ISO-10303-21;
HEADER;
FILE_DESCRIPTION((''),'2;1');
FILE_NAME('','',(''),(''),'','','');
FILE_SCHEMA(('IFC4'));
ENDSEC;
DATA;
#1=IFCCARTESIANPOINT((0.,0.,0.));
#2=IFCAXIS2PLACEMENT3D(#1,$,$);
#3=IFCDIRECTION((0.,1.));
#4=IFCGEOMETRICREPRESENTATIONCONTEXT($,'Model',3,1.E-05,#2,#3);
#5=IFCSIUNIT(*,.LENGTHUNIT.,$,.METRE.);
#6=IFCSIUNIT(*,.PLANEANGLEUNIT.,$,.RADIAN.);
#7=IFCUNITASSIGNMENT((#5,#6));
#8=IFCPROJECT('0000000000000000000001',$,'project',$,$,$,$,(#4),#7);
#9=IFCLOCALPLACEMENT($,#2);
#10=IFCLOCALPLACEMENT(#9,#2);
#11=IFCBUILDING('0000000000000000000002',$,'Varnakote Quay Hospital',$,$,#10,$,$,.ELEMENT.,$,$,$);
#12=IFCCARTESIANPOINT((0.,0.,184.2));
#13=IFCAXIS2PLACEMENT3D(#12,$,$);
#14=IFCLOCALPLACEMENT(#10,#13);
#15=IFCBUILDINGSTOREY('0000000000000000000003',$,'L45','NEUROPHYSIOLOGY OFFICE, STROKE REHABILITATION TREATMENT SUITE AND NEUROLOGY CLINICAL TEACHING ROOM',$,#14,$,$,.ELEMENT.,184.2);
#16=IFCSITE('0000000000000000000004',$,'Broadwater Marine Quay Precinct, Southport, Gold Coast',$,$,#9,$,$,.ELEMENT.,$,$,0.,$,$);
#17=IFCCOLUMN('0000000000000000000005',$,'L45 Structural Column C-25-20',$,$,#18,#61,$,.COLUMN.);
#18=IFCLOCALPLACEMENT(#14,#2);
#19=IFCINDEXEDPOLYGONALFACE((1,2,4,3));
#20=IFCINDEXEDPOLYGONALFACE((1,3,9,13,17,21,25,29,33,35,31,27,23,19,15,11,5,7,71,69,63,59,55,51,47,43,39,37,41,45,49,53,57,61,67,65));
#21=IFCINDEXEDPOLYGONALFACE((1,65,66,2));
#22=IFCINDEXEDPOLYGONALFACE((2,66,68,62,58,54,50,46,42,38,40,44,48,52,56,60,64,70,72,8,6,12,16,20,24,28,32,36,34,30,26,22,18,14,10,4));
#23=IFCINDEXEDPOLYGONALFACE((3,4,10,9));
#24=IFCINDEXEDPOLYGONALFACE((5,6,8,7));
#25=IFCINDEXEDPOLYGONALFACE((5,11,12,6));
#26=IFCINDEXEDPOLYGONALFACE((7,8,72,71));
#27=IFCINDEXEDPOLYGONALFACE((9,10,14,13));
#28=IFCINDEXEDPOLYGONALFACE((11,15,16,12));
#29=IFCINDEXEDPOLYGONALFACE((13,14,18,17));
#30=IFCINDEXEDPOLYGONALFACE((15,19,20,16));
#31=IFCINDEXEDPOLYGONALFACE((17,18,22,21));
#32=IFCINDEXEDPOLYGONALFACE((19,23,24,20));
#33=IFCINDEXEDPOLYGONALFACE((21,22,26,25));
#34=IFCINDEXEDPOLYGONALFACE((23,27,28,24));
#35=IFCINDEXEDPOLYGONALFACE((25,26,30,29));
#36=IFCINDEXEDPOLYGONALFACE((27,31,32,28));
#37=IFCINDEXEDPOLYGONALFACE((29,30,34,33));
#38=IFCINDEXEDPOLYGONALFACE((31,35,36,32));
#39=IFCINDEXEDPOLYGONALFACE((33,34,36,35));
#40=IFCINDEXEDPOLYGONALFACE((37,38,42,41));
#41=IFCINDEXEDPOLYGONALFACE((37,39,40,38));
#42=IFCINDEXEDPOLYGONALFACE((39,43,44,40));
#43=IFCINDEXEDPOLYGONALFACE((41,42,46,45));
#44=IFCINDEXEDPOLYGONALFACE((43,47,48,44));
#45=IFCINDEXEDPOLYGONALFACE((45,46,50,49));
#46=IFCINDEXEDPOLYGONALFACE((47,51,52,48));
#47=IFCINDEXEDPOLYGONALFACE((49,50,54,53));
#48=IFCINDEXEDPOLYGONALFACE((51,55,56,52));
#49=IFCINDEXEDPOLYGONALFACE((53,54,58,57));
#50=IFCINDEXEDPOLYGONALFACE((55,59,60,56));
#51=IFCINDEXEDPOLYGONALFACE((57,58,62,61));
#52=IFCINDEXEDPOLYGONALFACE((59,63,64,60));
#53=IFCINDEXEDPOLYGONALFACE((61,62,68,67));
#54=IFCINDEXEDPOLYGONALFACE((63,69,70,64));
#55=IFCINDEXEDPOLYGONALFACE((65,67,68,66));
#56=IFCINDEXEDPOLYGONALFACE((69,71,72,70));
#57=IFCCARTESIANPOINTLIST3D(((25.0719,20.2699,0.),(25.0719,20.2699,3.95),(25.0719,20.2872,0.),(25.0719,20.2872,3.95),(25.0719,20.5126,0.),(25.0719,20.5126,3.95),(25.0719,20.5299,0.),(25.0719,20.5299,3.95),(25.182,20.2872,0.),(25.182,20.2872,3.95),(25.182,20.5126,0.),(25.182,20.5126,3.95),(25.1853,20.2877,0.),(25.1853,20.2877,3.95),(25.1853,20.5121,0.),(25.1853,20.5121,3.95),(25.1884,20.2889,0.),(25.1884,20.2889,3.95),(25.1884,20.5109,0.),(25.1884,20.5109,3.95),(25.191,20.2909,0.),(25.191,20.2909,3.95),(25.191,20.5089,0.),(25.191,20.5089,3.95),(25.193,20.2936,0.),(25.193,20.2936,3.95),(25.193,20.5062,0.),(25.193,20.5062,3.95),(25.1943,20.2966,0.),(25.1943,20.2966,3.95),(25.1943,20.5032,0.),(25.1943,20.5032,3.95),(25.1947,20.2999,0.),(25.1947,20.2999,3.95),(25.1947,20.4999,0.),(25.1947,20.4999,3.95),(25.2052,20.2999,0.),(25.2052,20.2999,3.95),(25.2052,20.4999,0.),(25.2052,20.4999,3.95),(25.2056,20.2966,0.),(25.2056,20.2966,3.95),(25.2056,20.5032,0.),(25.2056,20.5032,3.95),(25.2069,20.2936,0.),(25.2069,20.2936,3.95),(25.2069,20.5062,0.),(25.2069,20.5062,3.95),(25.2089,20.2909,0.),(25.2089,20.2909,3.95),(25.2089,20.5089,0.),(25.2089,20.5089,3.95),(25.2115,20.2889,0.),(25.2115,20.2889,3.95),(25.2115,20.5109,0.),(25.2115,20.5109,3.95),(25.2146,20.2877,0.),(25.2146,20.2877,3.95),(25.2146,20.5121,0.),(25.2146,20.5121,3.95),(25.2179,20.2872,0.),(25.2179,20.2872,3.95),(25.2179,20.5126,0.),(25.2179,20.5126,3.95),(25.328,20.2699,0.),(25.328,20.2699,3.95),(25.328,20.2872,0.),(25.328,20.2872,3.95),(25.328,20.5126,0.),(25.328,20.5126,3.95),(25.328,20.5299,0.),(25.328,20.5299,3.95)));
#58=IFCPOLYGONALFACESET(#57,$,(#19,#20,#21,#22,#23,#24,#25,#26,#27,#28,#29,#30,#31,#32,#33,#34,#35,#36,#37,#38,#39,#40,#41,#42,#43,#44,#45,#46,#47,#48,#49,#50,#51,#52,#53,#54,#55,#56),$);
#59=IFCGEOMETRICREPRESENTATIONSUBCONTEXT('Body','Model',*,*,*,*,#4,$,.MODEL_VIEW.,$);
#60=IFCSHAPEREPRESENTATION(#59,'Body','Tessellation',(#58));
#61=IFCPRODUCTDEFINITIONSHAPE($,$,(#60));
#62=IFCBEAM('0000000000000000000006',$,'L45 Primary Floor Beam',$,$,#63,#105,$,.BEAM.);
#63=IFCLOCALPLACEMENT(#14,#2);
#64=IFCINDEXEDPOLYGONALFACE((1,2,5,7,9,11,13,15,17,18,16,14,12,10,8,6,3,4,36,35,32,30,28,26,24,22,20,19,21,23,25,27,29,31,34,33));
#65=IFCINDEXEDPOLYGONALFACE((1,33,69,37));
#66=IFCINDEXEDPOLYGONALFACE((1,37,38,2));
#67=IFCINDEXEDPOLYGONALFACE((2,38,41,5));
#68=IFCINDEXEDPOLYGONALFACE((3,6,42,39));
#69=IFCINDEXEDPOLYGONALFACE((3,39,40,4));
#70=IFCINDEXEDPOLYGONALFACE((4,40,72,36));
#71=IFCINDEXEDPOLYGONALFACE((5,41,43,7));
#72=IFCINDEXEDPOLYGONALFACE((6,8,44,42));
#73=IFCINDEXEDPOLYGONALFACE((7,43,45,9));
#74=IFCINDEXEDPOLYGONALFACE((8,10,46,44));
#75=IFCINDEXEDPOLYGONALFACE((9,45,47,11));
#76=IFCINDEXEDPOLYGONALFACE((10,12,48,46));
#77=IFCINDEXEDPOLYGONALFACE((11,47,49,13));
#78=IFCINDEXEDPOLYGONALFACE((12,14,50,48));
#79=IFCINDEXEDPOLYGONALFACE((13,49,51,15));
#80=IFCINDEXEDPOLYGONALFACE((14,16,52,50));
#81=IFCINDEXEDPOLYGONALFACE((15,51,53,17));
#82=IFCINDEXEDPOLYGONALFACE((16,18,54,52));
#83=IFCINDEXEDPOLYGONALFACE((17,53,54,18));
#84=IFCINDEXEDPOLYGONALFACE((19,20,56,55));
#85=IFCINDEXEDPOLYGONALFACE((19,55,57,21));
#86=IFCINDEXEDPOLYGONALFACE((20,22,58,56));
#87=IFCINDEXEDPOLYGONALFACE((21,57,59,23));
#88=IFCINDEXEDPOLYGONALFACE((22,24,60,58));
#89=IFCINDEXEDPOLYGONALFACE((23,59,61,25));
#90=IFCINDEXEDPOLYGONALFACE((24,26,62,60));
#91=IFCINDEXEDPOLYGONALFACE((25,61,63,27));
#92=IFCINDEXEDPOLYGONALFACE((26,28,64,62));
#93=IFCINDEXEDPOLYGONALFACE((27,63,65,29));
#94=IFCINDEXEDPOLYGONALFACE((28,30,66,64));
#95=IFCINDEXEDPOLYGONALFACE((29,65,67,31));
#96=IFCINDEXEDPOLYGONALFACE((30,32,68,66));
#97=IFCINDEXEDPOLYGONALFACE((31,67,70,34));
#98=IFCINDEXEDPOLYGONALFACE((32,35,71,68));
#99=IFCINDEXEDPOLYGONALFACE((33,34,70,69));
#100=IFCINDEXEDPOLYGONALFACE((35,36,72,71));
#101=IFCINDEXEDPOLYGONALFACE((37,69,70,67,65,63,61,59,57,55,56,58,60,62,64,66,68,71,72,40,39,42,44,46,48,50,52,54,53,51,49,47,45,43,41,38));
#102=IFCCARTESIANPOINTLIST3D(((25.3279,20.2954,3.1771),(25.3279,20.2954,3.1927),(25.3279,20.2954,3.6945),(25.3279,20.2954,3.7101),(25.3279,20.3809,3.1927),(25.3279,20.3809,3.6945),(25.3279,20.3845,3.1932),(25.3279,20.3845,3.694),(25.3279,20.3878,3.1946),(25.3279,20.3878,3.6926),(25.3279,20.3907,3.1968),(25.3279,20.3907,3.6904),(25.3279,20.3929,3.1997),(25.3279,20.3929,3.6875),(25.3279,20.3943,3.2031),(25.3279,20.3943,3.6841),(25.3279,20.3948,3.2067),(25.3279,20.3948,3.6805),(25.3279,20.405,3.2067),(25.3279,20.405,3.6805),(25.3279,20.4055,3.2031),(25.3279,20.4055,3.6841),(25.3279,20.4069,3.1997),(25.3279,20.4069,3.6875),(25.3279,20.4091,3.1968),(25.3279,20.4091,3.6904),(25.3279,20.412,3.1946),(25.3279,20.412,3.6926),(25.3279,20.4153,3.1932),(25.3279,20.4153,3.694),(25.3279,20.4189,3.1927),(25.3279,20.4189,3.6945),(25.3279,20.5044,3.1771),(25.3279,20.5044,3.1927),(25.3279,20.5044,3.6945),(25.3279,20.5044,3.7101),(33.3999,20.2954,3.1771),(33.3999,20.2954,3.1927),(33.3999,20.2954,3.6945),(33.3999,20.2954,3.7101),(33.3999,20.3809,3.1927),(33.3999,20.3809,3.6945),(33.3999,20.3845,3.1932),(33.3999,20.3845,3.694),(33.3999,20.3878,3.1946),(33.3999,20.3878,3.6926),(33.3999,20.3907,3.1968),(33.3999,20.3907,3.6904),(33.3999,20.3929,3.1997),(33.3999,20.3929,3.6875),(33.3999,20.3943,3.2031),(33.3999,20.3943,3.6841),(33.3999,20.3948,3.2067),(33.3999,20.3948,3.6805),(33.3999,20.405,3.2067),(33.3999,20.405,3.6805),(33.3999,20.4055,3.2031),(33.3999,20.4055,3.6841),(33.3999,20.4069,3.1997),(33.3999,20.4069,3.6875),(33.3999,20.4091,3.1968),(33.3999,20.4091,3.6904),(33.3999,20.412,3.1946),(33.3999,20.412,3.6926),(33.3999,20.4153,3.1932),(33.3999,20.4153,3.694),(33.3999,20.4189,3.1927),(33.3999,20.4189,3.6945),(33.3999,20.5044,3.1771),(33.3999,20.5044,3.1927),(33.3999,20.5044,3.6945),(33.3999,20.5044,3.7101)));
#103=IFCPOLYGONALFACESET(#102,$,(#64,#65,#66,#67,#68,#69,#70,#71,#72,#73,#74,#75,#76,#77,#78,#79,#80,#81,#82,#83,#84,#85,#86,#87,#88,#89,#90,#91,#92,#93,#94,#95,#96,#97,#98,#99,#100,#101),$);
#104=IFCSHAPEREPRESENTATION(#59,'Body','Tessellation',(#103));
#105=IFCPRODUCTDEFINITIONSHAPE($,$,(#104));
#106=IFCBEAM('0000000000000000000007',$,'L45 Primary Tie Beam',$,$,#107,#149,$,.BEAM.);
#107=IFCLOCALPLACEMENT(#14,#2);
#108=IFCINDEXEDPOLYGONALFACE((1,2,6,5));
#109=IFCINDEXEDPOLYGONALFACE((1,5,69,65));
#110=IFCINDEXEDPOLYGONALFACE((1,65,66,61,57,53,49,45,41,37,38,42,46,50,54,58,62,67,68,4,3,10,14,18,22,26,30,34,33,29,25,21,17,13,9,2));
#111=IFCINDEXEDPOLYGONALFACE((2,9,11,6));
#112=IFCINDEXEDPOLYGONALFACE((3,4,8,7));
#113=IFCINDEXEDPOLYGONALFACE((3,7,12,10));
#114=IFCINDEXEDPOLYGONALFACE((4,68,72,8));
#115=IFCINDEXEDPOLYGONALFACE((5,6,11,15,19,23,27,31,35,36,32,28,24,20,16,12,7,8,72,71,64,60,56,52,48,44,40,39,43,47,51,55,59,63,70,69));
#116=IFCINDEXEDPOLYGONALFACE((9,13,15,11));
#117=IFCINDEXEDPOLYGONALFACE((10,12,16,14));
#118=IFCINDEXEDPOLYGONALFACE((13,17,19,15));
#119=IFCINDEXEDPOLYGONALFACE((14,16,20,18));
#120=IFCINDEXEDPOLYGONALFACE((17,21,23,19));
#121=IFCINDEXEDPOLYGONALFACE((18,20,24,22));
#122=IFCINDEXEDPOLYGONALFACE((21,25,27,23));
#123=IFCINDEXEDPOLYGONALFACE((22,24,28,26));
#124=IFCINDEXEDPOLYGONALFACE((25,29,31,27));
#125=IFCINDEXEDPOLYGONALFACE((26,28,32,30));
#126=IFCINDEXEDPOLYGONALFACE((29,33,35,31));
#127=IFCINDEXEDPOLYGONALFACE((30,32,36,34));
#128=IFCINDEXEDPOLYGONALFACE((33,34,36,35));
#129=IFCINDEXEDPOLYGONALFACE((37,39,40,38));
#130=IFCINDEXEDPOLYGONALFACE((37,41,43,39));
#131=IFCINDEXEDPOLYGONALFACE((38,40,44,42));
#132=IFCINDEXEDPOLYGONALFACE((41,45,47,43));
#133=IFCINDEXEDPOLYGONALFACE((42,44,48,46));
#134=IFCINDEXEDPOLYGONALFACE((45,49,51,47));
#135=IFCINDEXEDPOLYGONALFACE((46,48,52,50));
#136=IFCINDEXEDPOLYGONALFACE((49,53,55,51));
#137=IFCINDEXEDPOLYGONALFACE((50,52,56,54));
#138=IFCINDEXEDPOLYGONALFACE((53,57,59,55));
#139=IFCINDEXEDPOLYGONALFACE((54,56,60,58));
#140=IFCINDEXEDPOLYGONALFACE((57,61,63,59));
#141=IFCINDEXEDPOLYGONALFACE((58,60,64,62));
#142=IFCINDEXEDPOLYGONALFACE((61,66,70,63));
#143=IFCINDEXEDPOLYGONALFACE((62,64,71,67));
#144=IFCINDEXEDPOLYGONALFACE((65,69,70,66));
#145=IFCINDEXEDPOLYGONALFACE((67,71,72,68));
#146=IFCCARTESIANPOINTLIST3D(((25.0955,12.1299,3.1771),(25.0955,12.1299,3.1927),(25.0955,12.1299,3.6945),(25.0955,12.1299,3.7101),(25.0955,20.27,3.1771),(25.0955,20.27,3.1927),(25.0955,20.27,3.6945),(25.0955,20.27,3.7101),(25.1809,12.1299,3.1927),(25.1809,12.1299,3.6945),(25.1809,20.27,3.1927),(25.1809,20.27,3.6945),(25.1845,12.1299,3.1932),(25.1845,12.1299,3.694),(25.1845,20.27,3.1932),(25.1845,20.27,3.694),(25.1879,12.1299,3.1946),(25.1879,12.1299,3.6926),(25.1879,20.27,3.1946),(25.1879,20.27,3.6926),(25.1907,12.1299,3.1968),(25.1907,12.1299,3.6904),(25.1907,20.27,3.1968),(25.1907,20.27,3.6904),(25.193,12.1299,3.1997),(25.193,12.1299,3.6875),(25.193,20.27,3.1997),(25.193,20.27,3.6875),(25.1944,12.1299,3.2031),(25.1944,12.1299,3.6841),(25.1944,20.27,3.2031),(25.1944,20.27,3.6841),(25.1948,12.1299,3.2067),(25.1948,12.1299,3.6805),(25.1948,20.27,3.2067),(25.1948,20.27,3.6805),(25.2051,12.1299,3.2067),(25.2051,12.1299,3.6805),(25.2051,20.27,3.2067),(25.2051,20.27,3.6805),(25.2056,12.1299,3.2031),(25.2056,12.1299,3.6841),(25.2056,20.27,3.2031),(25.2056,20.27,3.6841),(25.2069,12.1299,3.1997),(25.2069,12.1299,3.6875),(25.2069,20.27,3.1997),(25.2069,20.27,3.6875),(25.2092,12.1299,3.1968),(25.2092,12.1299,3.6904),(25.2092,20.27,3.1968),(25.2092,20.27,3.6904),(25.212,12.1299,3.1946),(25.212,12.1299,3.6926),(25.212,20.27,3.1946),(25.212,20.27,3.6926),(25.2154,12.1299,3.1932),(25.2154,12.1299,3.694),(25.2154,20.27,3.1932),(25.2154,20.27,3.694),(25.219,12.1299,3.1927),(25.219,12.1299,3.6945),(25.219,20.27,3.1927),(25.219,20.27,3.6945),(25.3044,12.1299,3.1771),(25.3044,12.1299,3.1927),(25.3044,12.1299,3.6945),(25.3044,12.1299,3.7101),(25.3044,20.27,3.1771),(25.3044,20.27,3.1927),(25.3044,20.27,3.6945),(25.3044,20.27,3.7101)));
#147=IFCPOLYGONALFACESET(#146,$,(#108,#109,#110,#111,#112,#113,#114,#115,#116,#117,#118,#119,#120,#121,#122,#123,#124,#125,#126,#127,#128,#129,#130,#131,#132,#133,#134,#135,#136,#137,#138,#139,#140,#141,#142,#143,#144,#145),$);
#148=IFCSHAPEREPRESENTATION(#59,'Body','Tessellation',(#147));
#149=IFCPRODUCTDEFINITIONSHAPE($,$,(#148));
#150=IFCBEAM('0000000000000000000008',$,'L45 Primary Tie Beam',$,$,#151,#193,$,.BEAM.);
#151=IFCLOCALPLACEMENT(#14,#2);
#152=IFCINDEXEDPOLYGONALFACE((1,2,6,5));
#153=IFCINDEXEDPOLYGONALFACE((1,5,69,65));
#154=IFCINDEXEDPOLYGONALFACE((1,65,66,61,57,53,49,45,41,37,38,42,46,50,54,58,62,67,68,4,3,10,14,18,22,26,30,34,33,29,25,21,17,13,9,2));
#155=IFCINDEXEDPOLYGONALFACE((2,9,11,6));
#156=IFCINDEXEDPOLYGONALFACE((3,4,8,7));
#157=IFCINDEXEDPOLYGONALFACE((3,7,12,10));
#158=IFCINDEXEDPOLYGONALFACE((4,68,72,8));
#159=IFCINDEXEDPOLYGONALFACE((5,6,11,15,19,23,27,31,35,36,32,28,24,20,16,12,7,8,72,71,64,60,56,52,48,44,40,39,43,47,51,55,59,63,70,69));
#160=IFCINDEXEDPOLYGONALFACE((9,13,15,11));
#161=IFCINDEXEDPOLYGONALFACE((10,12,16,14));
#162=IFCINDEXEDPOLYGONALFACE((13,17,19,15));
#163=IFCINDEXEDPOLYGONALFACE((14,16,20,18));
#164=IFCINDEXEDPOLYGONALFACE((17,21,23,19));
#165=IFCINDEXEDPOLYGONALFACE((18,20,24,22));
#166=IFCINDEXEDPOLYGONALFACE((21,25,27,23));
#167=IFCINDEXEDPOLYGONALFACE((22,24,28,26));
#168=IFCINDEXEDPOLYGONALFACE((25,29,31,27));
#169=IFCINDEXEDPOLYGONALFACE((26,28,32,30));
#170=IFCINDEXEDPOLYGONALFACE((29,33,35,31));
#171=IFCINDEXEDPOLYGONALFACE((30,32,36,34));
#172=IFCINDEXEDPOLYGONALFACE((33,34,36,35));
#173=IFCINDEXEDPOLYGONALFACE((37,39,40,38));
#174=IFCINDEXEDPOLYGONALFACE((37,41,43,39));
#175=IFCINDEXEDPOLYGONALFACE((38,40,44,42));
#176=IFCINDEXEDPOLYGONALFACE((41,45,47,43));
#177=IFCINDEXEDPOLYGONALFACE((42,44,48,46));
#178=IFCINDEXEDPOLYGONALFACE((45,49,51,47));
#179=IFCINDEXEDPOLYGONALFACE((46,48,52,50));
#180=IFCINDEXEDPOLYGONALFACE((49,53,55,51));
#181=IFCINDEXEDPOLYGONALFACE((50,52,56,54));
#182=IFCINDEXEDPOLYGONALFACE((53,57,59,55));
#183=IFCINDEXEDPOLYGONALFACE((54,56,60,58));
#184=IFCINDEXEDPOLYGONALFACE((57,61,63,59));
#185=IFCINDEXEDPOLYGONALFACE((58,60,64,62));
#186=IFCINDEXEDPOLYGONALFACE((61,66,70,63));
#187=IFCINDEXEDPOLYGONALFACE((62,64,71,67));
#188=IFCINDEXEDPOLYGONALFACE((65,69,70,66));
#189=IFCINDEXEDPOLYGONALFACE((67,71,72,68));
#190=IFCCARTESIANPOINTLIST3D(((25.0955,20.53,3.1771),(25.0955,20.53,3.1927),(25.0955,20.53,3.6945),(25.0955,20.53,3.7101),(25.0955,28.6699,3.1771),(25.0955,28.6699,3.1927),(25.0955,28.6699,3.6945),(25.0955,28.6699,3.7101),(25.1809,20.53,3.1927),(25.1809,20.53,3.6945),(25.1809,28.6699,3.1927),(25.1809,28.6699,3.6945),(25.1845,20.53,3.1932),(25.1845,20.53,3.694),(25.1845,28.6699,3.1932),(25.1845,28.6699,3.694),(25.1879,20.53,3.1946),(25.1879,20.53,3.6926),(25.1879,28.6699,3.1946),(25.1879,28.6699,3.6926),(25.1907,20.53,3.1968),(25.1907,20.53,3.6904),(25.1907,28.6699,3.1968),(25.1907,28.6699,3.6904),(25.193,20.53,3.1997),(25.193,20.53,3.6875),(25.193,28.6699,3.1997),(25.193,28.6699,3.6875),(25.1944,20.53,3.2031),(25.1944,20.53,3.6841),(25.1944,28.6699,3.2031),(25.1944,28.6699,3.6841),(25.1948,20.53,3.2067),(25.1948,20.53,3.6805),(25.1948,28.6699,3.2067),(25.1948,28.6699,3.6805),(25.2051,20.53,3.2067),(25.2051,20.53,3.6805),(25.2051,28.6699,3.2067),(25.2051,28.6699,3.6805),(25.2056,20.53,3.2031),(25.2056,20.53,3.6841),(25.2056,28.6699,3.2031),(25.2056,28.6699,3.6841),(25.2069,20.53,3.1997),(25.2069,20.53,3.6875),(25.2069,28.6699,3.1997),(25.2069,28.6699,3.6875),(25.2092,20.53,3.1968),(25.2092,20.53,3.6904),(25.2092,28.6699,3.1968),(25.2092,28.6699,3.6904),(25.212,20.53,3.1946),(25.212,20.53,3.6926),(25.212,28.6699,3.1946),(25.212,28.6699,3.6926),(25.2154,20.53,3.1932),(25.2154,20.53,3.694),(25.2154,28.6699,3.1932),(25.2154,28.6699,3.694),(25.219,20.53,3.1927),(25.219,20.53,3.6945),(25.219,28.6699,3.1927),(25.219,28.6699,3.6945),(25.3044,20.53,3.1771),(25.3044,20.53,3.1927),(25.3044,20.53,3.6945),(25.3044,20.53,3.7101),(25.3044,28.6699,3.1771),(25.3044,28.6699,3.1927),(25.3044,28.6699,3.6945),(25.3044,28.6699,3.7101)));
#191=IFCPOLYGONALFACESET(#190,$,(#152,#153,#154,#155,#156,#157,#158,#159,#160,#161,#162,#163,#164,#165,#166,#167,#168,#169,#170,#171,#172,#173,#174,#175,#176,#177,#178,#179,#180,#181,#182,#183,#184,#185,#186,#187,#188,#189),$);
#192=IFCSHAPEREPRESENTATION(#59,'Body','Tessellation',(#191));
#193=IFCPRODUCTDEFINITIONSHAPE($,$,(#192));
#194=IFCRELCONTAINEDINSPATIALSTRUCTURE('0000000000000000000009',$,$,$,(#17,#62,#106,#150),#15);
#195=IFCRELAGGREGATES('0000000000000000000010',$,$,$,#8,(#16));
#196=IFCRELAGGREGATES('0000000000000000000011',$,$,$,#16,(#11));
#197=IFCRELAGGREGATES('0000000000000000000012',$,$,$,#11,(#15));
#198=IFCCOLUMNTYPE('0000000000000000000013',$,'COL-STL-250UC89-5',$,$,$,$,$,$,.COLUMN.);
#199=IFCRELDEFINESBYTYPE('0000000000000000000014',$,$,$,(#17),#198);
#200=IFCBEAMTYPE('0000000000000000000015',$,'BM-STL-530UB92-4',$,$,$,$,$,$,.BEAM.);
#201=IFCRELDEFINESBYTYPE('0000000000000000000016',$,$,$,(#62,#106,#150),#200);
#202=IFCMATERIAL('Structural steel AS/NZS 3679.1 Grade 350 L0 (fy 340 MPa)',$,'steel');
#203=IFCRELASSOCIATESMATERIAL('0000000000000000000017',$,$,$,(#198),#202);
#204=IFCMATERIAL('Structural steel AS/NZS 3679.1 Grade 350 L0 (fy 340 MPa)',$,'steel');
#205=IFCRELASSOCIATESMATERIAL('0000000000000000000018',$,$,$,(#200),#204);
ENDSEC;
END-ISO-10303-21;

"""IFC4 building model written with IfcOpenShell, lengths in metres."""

from ifc_helpers import new_model, si_unit, direction, frame, origin, origin_2d, place, context, subcontext, project, spatial, i_section, extrude, material, material_profile, profile_set, type_object, element, save


model = new_model("IFC4")

# Units and contexts
model_context = context("Model", 3, precision=1e-05, world=origin(), true_north=direction((0.0, 1.0)))
body_context = subcontext(model_context, "Body", "Model", "MODEL_VIEW")
ifc_project = project(units=[si_unit("LENGTHUNIT", "METRE"), si_unit("PLANEANGLEUNIT", "RADIAN")], contexts=[model_context])

# Site, building, storey
site_placement = place(None, origin())
site = spatial("IfcSite", under=ifc_project, at=site_placement, Name="Broadwater Marine Quay Precinct, Southport, Gold Coast", CompositionType="ELEMENT", RefElevation=0.0)
building_placement = place(site_placement, origin())
building = spatial("IfcBuilding", under=site, at=building_placement, Name="Varnakote Quay Hospital", CompositionType="ELEMENT")
storey_placement = place(building_placement, frame((0.0, 0.0, 184.2)))
storey = spatial("IfcBuildingStorey", under=building, at=storey_placement, Name="L45", Description="NEUROPHYSIOLOGY OFFICE, STROKE REHABILITATION TREATMENT SUITE AND NEUROLOGY CLINICAL TEACHING ROOM", CompositionType="ELEMENT", Elevation=184.2)

# Column
ifc_material_1 = material(Name="Structural steel AS/NZS 3679.1 Grade 350 L0 (fy 340 MPa)", Category="steel")
ifc_material_profile_1 = material_profile(ifc_material_1, i_section(OverallWidth=0.2561, OverallDepth=0.26, WebThickness=0.0105, FlangeThickness=0.0173, FilletRadius=0.0127, at=origin_2d()), Name="250UC89.5")
ifc_profile_set_1 = profile_set([ifc_material_profile_1], Name="Structural steel AS/NZS 3679.1 Grade 350 L0 (fy 340 MPa)")
column_type = type_object("IfcColumnType", Name="COL-STL-250UC89-5", PredefinedType="COLUMN", material=ifc_profile_set_1)
column_placement = place(storey_placement, frame((25.2, 20.3999, 0.0), z_axis=(0.0, 0.0, 1.0), x_axis=(1.0, 0.0, 0.0)))
element("IfcColumn", 1, at=column_placement, inside=storey, type_object=column_type, Name="L45 Structural Column C-25-20", PredefinedType="COLUMN", context=body_context, shape_type="SweptSolid", body=[
    extrude(i_section(OverallWidth=0.2561, OverallDepth=0.26, WebThickness=0.0105, FlangeThickness=0.0173, FilletRadius=0.0127, at=origin_2d()), origin(), (0.0, 0.0, 1.0), 3.95),
])

# Beams
ifc_material_2 = material(Name="Structural steel AS/NZS 3679.1 Grade 350 L0 (fy 340 MPa)", Category="steel")
ifc_material_profile_2 = material_profile(ifc_material_2, i_section(OverallWidth=0.209, OverallDepth=0.533, WebThickness=0.0103, FlangeThickness=0.0156, FilletRadius=0.0139, at=origin_2d()), Name="530UB92.4")
ifc_profile_set_2 = profile_set([ifc_material_profile_2], Name="Structural steel AS/NZS 3679.1 Grade 350 L0 (fy 340 MPa)")
beam_type_1 = type_object("IfcBeamType", Name="BM-STL-530UB92-4", PredefinedType="BEAM", material=ifc_profile_set_2)
beam_1_placement = place(storey_placement, frame((25.3279, 20.3999, 3.4436), z_axis=(1.0, 0.0, 0.0), x_axis=(0.0, 1.0, 0.0)))
element("IfcBeam", 2, at=beam_1_placement, inside=storey, type_object=beam_type_1, Name="L45 Primary Floor Beam", PredefinedType="BEAM", context=body_context, shape_type="SweptSolid", body=[
    extrude(i_section(OverallWidth=0.209, OverallDepth=0.533, WebThickness=0.0103, FlangeThickness=0.0156, FilletRadius=0.0139, at=origin_2d()), origin(), (0.0, 0.0, 1.0), 8.072),
])
beam_2_placement = place(storey_placement, frame((25.2, 12.1299, 3.4436), z_axis=(0.0, 1.0, 0.0), x_axis=(-1.0, 0.0, 0.0)))
element("IfcBeam", 3, at=beam_2_placement, inside=storey, type_object=beam_type_1, Name="L45 Primary Tie Beam", PredefinedType="BEAM", context=body_context, shape_type="SweptSolid", body=[
    extrude(i_section(OverallWidth=0.209, OverallDepth=0.533, WebThickness=0.0103, FlangeThickness=0.0156, FilletRadius=0.0139, at=origin_2d()), origin(), (0.0, 0.0, 1.0), 8.1401),
])
beam_3_placement = place(storey_placement, frame((25.2, 20.53, 3.4436), z_axis=(0.0, 1.0, 0.0), x_axis=(-1.0, 0.0, 0.0)))
element("IfcBeam", 4, at=beam_3_placement, inside=storey, type_object=beam_type_1, Name="L45 Primary Tie Beam", PredefinedType="BEAM", context=body_context, shape_type="SweptSolid", body=[
    extrude(i_section(OverallWidth=0.209, OverallDepth=0.533, WebThickness=0.0103, FlangeThickness=0.0156, FilletRadius=0.0139, at=origin_2d()), origin(), (0.0, 0.0, 1.0), 8.1399),
])

save(model, "model.ifc")
